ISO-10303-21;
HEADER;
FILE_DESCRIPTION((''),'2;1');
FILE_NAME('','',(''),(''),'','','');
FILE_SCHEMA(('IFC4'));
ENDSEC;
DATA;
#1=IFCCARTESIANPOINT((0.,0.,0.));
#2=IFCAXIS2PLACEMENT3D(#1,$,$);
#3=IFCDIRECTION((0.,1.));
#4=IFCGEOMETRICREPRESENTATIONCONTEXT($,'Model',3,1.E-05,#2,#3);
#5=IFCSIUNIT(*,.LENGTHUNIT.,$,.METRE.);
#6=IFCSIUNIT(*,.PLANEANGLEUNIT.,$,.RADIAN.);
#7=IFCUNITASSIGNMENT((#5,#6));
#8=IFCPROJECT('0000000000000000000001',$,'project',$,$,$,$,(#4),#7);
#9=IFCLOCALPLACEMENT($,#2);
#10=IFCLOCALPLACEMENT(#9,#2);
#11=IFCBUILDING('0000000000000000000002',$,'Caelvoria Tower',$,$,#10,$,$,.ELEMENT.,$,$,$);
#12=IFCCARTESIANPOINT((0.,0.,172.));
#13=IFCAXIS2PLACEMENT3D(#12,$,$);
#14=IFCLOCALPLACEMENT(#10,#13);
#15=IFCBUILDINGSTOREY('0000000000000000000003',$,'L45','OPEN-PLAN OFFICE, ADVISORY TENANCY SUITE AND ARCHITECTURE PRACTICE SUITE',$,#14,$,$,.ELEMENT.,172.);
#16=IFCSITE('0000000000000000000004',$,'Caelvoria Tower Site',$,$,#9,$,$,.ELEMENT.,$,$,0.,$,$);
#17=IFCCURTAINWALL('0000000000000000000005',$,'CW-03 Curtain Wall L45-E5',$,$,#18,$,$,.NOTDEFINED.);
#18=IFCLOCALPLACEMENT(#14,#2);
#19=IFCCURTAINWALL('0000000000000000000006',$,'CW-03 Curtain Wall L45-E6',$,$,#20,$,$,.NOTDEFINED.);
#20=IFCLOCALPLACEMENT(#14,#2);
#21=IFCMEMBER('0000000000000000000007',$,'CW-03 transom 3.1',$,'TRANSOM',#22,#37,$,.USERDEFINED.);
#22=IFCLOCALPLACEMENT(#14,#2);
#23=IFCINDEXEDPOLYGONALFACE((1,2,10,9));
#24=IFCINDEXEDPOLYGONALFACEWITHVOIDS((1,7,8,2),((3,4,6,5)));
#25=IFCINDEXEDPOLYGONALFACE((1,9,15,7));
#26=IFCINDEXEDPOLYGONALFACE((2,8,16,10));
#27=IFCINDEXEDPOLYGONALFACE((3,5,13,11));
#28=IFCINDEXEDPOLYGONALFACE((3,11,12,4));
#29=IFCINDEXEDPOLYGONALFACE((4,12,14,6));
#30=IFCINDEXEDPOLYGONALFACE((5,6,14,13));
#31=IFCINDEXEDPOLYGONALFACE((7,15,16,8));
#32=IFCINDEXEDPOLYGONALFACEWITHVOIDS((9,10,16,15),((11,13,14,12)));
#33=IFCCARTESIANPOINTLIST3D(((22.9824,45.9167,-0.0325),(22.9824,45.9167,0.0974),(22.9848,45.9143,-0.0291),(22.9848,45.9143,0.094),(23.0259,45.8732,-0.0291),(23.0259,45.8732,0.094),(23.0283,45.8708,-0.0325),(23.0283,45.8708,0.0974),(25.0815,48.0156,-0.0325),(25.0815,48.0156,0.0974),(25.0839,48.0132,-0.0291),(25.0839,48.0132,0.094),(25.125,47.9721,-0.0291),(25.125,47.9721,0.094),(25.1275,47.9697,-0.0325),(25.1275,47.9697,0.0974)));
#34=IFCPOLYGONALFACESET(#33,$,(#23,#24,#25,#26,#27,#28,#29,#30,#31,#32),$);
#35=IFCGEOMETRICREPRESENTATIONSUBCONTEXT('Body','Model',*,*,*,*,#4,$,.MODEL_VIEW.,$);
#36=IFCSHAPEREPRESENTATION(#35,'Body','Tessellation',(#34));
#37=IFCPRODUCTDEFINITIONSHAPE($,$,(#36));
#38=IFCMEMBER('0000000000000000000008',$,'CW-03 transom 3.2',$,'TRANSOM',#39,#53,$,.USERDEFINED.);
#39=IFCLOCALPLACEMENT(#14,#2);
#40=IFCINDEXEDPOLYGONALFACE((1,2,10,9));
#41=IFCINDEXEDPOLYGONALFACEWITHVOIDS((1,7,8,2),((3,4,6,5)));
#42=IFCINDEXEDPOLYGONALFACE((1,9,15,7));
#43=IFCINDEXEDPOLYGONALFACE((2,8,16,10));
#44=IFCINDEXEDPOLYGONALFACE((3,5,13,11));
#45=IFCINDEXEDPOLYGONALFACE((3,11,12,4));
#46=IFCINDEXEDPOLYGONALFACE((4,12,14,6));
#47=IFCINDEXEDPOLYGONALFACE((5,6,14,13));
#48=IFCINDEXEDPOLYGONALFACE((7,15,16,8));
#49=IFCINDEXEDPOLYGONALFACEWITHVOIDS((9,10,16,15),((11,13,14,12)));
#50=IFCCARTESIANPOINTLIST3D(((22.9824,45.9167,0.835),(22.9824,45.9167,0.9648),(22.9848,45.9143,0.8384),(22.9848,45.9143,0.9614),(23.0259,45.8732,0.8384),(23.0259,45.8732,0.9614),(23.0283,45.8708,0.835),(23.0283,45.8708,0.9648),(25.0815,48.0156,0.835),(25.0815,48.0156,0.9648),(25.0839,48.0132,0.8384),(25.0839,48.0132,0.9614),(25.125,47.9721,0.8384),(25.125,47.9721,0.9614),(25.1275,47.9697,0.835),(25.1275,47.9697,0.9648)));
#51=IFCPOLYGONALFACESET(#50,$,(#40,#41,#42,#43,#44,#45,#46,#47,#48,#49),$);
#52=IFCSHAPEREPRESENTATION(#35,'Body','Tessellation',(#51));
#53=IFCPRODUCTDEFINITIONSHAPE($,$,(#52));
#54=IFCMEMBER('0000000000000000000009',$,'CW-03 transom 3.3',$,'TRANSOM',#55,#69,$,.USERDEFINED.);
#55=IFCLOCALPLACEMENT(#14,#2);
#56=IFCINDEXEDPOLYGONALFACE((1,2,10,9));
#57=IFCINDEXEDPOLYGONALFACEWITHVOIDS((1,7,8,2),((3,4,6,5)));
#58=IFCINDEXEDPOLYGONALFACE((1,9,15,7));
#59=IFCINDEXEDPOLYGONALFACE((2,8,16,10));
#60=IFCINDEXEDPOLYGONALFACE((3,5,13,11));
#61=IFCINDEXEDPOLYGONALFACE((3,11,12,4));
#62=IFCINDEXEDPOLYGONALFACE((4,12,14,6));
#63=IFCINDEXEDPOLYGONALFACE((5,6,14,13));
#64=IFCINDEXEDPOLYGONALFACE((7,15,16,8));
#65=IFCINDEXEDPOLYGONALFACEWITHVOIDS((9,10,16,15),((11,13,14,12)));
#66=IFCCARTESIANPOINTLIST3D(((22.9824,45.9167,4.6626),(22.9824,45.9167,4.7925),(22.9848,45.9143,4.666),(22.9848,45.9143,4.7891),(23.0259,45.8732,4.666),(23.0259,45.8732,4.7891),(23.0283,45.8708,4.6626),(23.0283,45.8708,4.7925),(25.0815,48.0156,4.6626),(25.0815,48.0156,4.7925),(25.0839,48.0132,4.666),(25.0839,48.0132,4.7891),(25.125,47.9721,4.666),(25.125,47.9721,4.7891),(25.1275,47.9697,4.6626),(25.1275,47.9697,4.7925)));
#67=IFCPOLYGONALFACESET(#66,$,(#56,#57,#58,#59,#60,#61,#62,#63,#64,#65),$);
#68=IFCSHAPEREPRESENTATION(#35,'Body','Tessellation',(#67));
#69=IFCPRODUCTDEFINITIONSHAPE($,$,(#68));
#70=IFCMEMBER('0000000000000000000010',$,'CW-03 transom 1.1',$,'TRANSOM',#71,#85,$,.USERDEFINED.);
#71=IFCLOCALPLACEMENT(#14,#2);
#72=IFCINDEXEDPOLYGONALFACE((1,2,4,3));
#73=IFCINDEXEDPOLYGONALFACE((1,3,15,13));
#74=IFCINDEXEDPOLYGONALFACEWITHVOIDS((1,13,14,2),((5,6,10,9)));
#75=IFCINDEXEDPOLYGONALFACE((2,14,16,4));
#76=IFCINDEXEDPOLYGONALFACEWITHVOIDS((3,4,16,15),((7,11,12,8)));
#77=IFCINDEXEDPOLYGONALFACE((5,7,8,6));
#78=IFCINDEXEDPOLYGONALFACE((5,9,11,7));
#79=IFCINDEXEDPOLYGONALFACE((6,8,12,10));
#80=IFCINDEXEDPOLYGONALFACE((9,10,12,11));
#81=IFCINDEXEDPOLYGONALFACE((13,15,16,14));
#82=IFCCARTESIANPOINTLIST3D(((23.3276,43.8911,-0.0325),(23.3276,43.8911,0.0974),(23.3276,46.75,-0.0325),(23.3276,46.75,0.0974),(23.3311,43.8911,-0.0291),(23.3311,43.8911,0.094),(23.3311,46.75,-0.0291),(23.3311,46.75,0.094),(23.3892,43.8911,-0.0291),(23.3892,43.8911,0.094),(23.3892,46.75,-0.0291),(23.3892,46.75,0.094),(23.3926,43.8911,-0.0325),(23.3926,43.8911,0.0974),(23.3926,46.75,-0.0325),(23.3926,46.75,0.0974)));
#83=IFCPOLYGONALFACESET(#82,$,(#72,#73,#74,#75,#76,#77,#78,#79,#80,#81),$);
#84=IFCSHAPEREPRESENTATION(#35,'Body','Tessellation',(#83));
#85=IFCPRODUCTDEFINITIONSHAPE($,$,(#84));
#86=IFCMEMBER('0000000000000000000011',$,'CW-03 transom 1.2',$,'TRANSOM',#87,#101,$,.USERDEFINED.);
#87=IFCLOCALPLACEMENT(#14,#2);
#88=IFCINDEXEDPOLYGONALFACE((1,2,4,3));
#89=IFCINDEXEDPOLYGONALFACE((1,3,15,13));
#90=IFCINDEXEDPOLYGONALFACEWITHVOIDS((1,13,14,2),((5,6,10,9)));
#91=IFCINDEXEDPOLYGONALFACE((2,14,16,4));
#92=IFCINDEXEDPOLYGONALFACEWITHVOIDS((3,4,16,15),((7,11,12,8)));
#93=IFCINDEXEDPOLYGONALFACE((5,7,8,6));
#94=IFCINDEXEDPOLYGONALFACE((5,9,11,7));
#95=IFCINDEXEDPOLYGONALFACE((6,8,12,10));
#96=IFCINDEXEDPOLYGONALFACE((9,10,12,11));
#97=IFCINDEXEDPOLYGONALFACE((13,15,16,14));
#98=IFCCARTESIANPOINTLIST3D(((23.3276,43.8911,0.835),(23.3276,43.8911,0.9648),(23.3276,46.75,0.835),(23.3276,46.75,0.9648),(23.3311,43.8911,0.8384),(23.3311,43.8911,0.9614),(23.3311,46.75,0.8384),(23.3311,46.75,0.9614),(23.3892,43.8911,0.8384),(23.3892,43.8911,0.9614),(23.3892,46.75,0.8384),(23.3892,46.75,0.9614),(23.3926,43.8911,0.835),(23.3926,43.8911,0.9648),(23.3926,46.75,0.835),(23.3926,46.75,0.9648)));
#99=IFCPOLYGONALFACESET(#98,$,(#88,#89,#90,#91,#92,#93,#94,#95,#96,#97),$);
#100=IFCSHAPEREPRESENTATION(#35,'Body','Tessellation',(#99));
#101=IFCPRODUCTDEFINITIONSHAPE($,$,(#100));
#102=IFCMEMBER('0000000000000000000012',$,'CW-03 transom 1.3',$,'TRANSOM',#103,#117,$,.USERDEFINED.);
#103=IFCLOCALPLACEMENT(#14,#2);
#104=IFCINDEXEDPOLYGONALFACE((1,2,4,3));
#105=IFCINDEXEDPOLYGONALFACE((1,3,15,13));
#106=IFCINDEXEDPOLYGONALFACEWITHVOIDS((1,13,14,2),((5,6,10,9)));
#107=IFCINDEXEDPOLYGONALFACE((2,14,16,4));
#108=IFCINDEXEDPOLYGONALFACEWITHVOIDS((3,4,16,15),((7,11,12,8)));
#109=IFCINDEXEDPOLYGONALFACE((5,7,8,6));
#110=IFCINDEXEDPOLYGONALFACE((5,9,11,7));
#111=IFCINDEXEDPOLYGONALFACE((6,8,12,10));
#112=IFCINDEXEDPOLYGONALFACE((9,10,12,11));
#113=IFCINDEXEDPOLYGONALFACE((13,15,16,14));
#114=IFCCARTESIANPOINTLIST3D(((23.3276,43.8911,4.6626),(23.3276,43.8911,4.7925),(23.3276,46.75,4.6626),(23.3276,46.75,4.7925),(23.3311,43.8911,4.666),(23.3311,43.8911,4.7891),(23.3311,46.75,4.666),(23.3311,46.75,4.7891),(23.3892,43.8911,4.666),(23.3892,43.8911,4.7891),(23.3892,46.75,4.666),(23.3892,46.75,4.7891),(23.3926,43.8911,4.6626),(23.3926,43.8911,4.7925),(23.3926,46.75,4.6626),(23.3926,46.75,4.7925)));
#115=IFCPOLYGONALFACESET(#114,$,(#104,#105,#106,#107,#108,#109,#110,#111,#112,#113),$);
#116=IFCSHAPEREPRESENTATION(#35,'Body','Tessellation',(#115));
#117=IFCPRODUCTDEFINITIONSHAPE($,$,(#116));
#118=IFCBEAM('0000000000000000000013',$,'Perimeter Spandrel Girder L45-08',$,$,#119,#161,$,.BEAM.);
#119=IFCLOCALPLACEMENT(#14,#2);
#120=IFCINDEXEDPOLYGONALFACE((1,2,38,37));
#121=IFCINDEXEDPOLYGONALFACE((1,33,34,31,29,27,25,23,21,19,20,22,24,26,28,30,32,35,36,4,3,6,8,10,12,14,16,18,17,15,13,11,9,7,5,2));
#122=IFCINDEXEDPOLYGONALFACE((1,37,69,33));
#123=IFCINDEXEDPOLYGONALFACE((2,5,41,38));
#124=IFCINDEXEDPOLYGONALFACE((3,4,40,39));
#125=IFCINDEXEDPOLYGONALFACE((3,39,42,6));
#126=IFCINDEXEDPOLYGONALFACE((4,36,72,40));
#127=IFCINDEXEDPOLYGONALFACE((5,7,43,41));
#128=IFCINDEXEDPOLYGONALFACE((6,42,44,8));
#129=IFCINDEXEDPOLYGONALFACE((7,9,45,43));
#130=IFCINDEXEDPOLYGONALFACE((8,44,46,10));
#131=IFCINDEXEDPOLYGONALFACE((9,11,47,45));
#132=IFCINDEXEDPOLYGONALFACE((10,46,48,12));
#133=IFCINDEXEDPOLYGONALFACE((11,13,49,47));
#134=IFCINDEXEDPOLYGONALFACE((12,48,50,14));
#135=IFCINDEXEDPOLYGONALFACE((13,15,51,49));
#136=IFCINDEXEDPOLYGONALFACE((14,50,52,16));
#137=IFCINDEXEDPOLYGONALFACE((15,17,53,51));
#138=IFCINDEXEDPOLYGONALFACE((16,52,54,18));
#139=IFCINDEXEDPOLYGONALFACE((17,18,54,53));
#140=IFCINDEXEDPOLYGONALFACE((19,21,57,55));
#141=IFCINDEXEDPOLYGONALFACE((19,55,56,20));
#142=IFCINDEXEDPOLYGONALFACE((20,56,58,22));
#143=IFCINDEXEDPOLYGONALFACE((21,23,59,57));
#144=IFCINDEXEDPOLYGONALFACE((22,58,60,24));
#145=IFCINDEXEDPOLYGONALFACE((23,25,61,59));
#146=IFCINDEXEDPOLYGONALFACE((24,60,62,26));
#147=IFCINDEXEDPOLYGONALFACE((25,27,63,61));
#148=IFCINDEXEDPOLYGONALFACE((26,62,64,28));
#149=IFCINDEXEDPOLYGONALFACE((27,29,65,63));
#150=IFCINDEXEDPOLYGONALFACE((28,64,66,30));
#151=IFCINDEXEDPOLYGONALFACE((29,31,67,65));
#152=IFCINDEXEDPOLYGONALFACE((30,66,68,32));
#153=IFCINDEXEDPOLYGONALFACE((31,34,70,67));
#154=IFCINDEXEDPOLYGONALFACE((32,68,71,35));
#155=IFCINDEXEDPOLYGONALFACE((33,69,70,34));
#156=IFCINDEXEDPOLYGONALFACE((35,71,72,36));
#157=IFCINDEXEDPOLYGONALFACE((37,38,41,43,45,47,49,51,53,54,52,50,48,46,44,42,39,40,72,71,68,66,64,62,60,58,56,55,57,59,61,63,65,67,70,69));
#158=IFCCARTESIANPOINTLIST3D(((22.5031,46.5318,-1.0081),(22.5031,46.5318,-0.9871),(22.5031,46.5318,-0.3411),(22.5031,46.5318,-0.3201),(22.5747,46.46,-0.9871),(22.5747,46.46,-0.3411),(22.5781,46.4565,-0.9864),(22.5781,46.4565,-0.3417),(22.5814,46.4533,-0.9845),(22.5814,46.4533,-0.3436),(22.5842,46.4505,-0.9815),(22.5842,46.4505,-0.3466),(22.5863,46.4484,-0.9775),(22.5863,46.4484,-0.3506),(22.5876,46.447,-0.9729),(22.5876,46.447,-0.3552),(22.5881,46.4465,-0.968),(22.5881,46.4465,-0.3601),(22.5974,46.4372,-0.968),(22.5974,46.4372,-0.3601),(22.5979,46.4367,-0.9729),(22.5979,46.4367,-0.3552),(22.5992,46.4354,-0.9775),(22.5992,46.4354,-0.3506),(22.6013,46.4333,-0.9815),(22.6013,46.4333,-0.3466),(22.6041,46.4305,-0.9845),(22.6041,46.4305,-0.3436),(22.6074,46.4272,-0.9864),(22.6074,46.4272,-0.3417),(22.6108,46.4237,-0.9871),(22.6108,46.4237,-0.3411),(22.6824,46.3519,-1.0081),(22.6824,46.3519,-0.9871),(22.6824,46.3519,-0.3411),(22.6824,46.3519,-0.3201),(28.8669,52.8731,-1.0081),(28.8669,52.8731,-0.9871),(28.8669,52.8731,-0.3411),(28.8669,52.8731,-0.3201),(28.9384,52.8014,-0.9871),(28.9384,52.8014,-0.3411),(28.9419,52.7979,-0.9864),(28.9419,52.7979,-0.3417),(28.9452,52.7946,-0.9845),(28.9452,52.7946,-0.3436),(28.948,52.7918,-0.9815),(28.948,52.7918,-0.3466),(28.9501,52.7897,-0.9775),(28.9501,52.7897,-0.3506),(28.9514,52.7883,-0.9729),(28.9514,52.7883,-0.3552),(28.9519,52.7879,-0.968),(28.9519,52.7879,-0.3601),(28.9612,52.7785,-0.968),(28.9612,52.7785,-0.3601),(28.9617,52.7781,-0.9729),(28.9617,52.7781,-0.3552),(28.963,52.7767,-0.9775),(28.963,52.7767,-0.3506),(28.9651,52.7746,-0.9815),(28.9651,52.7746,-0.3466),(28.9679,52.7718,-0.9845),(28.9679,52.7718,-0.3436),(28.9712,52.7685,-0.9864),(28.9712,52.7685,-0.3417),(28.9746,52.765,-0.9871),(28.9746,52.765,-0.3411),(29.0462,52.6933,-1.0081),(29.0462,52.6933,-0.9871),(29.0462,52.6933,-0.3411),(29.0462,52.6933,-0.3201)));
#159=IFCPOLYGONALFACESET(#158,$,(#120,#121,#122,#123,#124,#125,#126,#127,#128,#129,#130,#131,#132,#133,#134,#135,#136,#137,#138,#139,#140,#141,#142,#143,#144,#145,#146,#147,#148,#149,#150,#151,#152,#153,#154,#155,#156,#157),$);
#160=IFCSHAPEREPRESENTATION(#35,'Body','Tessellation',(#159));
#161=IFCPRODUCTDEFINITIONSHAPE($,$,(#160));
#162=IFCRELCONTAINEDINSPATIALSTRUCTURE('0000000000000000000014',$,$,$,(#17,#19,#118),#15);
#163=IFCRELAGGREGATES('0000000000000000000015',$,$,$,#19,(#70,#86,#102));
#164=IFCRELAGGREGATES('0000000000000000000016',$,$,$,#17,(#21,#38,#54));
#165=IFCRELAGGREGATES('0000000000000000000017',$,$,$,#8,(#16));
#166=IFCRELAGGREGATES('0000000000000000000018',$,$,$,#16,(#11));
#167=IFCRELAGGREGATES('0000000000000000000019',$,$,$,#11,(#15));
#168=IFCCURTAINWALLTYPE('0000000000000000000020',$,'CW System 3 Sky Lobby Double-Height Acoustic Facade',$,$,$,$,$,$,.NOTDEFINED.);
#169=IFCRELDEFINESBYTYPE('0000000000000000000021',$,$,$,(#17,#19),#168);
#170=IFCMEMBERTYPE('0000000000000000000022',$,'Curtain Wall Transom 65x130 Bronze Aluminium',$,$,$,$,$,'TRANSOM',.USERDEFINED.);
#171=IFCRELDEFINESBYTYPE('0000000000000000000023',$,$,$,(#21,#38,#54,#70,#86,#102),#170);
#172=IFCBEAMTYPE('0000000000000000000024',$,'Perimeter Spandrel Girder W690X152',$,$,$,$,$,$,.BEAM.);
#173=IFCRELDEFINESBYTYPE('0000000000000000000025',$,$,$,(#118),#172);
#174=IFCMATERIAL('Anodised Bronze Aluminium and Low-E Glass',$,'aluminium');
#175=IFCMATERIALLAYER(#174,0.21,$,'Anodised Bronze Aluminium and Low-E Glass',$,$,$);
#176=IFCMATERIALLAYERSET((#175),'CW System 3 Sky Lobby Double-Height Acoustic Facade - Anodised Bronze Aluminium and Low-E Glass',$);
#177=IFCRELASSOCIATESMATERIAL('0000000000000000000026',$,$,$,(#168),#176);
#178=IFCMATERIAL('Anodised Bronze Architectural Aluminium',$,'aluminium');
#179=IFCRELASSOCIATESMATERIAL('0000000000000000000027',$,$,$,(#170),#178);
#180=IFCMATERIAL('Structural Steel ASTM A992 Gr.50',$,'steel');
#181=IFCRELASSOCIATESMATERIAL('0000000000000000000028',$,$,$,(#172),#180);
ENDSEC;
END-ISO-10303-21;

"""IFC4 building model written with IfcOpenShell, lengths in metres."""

from ifc_helpers import new_model, si_unit, direction, frame, origin, origin_2d, place, context, subcontext, project, spatial, hollow_rectangle, i_section, extrude, material, layer, layer_set, material_profile, profile_set, type_object, element, aggregate, save


model = new_model("IFC4")

# Units and contexts
model_context = context("Model", 3, precision=1e-05, world=origin(), true_north=direction((0.0, 1.0)))
body_context = subcontext(model_context, "Body", "Model", "MODEL_VIEW")
ifc_project = project(units=[si_unit("LENGTHUNIT", "METRE"), si_unit("PLANEANGLEUNIT", "RADIAN")], contexts=[model_context])

# Site, building, storey
site_placement = place(None, origin())
site = spatial("IfcSite", under=ifc_project, at=site_placement, Name="Caelvoria Tower Site", CompositionType="ELEMENT", RefElevation=0.0)
building_placement = place(site_placement, origin())
building = spatial("IfcBuilding", under=site, at=building_placement, Name="Caelvoria Tower", CompositionType="ELEMENT")
storey_placement = place(building_placement, frame((0.0, 0.0, 172.0)))
storey = spatial("IfcBuildingStorey", under=building, at=storey_placement, Name="L45", Description="OPEN-PLAN OFFICE, ADVISORY TENANCY SUITE AND ARCHITECTURE PRACTICE SUITE", CompositionType="ELEMENT", Elevation=172.0)

# Shared definitions
ifc_material_1 = material(Name="Anodised Bronze Aluminium and Low-E Glass", Category="aluminium")
ifc_layer_1 = layer(ifc_material_1, 0.21, Name="Anodised Bronze Aluminium and Low-E Glass")
ifc_layer_set_1 = layer_set([ifc_layer_1], Name="CW System 3 Sky Lobby Double-Height Acoustic Facade - Anodised Bronze Aluminium and Low-E Glass")
curtain_wall_type = type_object("IfcCurtainWallType", Name="CW System 3 Sky Lobby Double-Height Acoustic Facade", PredefinedType="NOTDEFINED", material=ifc_layer_set_1)
ifc_material_2 = material(Name="Anodised Bronze Architectural Aluminium", Category="aluminium")

# Curtain wall
curtain_wall_1_placement = place(storey_placement, origin())
curtain_wall_1 = element("IfcCurtainWall", 1, at=curtain_wall_1_placement, inside=storey, type_object=curtain_wall_type, Name="CW-03 Curtain Wall L45-E5", PredefinedType="NOTDEFINED")

# Curtain wall
curtain_wall_2_placement = place(storey_placement, origin())
curtain_wall_2 = element("IfcCurtainWall", 2, at=curtain_wall_2_placement, inside=storey, type_object=curtain_wall_type, Name="CW-03 Curtain Wall L45-E6", PredefinedType="NOTDEFINED")

# Members
ifc_material_profile_1 = material_profile(ifc_material_2, hollow_rectangle(XDim=0.0649, YDim=0.1299, WallThickness=0.0034, at=origin_2d()), Name="Anodised Bronze Architectural Aluminium")
ifc_profile_set_1 = profile_set([ifc_material_profile_1], Name="CW_TRAN_65X130 - Anodised Bronze Architectural Aluminium")
member_type_1 = type_object("IfcMemberType", Name="Curtain Wall Transom 65x130 Bronze Aluminium", ElementType="TRANSOM", PredefinedType="USERDEFINED", material=ifc_profile_set_1)
member_1_placement = place(storey_placement, frame((25.1045, 47.9927, 0.0325), z_axis=(-0.707148, -0.707066, 0.0), x_axis=(0.707066, -0.707148, 0.0)))
member_1 = element("IfcMember", 3, at=member_1_placement, type_object=member_type_1, Name="CW-03 transom 3.1", ObjectType="TRANSOM", PredefinedType="USERDEFINED", context=body_context, shape_type="SweptSolid", body=[
    extrude(hollow_rectangle(XDim=0.0649, YDim=0.1299, WallThickness=0.0034, at=origin_2d()), origin(), (0.0, 0.0, 1.0), 2.9685),
])
member_2_placement = place(storey_placement, frame((25.1045, 47.9927, 0.8999), z_axis=(-0.707148, -0.707066, 0.0), x_axis=(0.707066, -0.707148, 0.0)))
member_2 = element("IfcMember", 4, at=member_2_placement, type_object=member_type_1, Name="CW-03 transom 3.2", ObjectType="TRANSOM", PredefinedType="USERDEFINED", context=body_context, shape_type="SweptSolid", body=[
    extrude(hollow_rectangle(XDim=0.0649, YDim=0.1299, WallThickness=0.0034, at=origin_2d()), origin(), (0.0, 0.0, 1.0), 2.9685),
])
member_3_placement = place(storey_placement, frame((25.1045, 47.9927, 4.7275), z_axis=(-0.707148, -0.707066, 0.0), x_axis=(0.707066, -0.707148, 0.0)))
member_3 = element("IfcMember", 5, at=member_3_placement, type_object=member_type_1, Name="CW-03 transom 3.3", ObjectType="TRANSOM", PredefinedType="USERDEFINED", context=body_context, shape_type="SweptSolid", body=[
    extrude(hollow_rectangle(XDim=0.0649, YDim=0.1299, WallThickness=0.0034, at=origin_2d()), origin(), (0.0, 0.0, 1.0), 2.9685),
])
member_4_placement = place(storey_placement, frame((23.3601, 46.75, 0.0325), z_axis=(0.0, -1.0, 0.0), x_axis=(1.0, 0.0, 0.0)))
member_4 = element("IfcMember", 6, at=member_4_placement, type_object=member_type_1, Name="CW-03 transom 1.1", ObjectType="TRANSOM", PredefinedType="USERDEFINED", context=body_context, shape_type="SweptSolid", body=[
    extrude(hollow_rectangle(XDim=0.0649, YDim=0.1299, WallThickness=0.0034, at=origin_2d()), origin(), (0.0, 0.0, 1.0), 2.8589),
])
member_5_placement = place(storey_placement, frame((23.3601, 46.75, 0.8999), z_axis=(0.0, -1.0, 0.0), x_axis=(1.0, 0.0, 0.0)))
member_5 = element("IfcMember", 7, at=member_5_placement, type_object=member_type_1, Name="CW-03 transom 1.2", ObjectType="TRANSOM", PredefinedType="USERDEFINED", context=body_context, shape_type="SweptSolid", body=[
    extrude(hollow_rectangle(XDim=0.0649, YDim=0.1299, WallThickness=0.0034, at=origin_2d()), origin(), (0.0, 0.0, 1.0), 2.8589),
])
member_6_placement = place(storey_placement, frame((23.3601, 46.75, 4.7275), z_axis=(0.0, -1.0, 0.0), x_axis=(1.0, 0.0, 0.0)))
member_6 = element("IfcMember", 8, at=member_6_placement, type_object=member_type_1, Name="CW-03 transom 1.3", ObjectType="TRANSOM", PredefinedType="USERDEFINED", context=body_context, shape_type="SweptSolid", body=[
    extrude(hollow_rectangle(XDim=0.0649, YDim=0.1299, WallThickness=0.0034, at=origin_2d()), origin(), (0.0, 0.0, 1.0), 2.8589),
])
aggregate(curtain_wall_2, [member_4, member_5, member_6])

# Beam
ifc_material_3 = material(Name="Structural Steel ASTM A992 Gr.50", Category="steel")
ifc_material_profile_2 = material_profile(ifc_material_3, i_section(OverallWidth=0.2539, OverallDepth=0.688, WebThickness=0.0132, FlangeThickness=0.021, FilletRadius=0.019, at=origin_2d()), Name="Structural Steel ASTM A992 Gr.50")
ifc_profile_set_2 = profile_set([ifc_material_profile_2], Name="W690X152 - Structural Steel ASTM A992 Gr.50")
beam_type = type_object("IfcBeamType", Name="Perimeter Spandrel Girder W690X152", PredefinedType="BEAM", material=ifc_profile_set_2)
beam_placement = place(storey_placement, frame((28.9565, 52.7832, -0.6641), z_axis=(-0.708356, -0.705856, 0.0), x_axis=(0.705856, -0.708356, 0.0)))
element("IfcBeam", 9, at=beam_placement, inside=storey, type_object=beam_type, Name="Perimeter Spandrel Girder L45-08", PredefinedType="BEAM", context=body_context, shape_type="SweptSolid", body=[
    extrude(i_section(OverallWidth=0.2539, OverallDepth=0.688, WebThickness=0.0132, FlangeThickness=0.021, FilletRadius=0.019, at=origin_2d()), origin(), (0.0, 0.0, 1.0), 8.9839),
])

aggregate(curtain_wall_1, [member_1, member_2, member_3])

save(model, "model.ifc")
